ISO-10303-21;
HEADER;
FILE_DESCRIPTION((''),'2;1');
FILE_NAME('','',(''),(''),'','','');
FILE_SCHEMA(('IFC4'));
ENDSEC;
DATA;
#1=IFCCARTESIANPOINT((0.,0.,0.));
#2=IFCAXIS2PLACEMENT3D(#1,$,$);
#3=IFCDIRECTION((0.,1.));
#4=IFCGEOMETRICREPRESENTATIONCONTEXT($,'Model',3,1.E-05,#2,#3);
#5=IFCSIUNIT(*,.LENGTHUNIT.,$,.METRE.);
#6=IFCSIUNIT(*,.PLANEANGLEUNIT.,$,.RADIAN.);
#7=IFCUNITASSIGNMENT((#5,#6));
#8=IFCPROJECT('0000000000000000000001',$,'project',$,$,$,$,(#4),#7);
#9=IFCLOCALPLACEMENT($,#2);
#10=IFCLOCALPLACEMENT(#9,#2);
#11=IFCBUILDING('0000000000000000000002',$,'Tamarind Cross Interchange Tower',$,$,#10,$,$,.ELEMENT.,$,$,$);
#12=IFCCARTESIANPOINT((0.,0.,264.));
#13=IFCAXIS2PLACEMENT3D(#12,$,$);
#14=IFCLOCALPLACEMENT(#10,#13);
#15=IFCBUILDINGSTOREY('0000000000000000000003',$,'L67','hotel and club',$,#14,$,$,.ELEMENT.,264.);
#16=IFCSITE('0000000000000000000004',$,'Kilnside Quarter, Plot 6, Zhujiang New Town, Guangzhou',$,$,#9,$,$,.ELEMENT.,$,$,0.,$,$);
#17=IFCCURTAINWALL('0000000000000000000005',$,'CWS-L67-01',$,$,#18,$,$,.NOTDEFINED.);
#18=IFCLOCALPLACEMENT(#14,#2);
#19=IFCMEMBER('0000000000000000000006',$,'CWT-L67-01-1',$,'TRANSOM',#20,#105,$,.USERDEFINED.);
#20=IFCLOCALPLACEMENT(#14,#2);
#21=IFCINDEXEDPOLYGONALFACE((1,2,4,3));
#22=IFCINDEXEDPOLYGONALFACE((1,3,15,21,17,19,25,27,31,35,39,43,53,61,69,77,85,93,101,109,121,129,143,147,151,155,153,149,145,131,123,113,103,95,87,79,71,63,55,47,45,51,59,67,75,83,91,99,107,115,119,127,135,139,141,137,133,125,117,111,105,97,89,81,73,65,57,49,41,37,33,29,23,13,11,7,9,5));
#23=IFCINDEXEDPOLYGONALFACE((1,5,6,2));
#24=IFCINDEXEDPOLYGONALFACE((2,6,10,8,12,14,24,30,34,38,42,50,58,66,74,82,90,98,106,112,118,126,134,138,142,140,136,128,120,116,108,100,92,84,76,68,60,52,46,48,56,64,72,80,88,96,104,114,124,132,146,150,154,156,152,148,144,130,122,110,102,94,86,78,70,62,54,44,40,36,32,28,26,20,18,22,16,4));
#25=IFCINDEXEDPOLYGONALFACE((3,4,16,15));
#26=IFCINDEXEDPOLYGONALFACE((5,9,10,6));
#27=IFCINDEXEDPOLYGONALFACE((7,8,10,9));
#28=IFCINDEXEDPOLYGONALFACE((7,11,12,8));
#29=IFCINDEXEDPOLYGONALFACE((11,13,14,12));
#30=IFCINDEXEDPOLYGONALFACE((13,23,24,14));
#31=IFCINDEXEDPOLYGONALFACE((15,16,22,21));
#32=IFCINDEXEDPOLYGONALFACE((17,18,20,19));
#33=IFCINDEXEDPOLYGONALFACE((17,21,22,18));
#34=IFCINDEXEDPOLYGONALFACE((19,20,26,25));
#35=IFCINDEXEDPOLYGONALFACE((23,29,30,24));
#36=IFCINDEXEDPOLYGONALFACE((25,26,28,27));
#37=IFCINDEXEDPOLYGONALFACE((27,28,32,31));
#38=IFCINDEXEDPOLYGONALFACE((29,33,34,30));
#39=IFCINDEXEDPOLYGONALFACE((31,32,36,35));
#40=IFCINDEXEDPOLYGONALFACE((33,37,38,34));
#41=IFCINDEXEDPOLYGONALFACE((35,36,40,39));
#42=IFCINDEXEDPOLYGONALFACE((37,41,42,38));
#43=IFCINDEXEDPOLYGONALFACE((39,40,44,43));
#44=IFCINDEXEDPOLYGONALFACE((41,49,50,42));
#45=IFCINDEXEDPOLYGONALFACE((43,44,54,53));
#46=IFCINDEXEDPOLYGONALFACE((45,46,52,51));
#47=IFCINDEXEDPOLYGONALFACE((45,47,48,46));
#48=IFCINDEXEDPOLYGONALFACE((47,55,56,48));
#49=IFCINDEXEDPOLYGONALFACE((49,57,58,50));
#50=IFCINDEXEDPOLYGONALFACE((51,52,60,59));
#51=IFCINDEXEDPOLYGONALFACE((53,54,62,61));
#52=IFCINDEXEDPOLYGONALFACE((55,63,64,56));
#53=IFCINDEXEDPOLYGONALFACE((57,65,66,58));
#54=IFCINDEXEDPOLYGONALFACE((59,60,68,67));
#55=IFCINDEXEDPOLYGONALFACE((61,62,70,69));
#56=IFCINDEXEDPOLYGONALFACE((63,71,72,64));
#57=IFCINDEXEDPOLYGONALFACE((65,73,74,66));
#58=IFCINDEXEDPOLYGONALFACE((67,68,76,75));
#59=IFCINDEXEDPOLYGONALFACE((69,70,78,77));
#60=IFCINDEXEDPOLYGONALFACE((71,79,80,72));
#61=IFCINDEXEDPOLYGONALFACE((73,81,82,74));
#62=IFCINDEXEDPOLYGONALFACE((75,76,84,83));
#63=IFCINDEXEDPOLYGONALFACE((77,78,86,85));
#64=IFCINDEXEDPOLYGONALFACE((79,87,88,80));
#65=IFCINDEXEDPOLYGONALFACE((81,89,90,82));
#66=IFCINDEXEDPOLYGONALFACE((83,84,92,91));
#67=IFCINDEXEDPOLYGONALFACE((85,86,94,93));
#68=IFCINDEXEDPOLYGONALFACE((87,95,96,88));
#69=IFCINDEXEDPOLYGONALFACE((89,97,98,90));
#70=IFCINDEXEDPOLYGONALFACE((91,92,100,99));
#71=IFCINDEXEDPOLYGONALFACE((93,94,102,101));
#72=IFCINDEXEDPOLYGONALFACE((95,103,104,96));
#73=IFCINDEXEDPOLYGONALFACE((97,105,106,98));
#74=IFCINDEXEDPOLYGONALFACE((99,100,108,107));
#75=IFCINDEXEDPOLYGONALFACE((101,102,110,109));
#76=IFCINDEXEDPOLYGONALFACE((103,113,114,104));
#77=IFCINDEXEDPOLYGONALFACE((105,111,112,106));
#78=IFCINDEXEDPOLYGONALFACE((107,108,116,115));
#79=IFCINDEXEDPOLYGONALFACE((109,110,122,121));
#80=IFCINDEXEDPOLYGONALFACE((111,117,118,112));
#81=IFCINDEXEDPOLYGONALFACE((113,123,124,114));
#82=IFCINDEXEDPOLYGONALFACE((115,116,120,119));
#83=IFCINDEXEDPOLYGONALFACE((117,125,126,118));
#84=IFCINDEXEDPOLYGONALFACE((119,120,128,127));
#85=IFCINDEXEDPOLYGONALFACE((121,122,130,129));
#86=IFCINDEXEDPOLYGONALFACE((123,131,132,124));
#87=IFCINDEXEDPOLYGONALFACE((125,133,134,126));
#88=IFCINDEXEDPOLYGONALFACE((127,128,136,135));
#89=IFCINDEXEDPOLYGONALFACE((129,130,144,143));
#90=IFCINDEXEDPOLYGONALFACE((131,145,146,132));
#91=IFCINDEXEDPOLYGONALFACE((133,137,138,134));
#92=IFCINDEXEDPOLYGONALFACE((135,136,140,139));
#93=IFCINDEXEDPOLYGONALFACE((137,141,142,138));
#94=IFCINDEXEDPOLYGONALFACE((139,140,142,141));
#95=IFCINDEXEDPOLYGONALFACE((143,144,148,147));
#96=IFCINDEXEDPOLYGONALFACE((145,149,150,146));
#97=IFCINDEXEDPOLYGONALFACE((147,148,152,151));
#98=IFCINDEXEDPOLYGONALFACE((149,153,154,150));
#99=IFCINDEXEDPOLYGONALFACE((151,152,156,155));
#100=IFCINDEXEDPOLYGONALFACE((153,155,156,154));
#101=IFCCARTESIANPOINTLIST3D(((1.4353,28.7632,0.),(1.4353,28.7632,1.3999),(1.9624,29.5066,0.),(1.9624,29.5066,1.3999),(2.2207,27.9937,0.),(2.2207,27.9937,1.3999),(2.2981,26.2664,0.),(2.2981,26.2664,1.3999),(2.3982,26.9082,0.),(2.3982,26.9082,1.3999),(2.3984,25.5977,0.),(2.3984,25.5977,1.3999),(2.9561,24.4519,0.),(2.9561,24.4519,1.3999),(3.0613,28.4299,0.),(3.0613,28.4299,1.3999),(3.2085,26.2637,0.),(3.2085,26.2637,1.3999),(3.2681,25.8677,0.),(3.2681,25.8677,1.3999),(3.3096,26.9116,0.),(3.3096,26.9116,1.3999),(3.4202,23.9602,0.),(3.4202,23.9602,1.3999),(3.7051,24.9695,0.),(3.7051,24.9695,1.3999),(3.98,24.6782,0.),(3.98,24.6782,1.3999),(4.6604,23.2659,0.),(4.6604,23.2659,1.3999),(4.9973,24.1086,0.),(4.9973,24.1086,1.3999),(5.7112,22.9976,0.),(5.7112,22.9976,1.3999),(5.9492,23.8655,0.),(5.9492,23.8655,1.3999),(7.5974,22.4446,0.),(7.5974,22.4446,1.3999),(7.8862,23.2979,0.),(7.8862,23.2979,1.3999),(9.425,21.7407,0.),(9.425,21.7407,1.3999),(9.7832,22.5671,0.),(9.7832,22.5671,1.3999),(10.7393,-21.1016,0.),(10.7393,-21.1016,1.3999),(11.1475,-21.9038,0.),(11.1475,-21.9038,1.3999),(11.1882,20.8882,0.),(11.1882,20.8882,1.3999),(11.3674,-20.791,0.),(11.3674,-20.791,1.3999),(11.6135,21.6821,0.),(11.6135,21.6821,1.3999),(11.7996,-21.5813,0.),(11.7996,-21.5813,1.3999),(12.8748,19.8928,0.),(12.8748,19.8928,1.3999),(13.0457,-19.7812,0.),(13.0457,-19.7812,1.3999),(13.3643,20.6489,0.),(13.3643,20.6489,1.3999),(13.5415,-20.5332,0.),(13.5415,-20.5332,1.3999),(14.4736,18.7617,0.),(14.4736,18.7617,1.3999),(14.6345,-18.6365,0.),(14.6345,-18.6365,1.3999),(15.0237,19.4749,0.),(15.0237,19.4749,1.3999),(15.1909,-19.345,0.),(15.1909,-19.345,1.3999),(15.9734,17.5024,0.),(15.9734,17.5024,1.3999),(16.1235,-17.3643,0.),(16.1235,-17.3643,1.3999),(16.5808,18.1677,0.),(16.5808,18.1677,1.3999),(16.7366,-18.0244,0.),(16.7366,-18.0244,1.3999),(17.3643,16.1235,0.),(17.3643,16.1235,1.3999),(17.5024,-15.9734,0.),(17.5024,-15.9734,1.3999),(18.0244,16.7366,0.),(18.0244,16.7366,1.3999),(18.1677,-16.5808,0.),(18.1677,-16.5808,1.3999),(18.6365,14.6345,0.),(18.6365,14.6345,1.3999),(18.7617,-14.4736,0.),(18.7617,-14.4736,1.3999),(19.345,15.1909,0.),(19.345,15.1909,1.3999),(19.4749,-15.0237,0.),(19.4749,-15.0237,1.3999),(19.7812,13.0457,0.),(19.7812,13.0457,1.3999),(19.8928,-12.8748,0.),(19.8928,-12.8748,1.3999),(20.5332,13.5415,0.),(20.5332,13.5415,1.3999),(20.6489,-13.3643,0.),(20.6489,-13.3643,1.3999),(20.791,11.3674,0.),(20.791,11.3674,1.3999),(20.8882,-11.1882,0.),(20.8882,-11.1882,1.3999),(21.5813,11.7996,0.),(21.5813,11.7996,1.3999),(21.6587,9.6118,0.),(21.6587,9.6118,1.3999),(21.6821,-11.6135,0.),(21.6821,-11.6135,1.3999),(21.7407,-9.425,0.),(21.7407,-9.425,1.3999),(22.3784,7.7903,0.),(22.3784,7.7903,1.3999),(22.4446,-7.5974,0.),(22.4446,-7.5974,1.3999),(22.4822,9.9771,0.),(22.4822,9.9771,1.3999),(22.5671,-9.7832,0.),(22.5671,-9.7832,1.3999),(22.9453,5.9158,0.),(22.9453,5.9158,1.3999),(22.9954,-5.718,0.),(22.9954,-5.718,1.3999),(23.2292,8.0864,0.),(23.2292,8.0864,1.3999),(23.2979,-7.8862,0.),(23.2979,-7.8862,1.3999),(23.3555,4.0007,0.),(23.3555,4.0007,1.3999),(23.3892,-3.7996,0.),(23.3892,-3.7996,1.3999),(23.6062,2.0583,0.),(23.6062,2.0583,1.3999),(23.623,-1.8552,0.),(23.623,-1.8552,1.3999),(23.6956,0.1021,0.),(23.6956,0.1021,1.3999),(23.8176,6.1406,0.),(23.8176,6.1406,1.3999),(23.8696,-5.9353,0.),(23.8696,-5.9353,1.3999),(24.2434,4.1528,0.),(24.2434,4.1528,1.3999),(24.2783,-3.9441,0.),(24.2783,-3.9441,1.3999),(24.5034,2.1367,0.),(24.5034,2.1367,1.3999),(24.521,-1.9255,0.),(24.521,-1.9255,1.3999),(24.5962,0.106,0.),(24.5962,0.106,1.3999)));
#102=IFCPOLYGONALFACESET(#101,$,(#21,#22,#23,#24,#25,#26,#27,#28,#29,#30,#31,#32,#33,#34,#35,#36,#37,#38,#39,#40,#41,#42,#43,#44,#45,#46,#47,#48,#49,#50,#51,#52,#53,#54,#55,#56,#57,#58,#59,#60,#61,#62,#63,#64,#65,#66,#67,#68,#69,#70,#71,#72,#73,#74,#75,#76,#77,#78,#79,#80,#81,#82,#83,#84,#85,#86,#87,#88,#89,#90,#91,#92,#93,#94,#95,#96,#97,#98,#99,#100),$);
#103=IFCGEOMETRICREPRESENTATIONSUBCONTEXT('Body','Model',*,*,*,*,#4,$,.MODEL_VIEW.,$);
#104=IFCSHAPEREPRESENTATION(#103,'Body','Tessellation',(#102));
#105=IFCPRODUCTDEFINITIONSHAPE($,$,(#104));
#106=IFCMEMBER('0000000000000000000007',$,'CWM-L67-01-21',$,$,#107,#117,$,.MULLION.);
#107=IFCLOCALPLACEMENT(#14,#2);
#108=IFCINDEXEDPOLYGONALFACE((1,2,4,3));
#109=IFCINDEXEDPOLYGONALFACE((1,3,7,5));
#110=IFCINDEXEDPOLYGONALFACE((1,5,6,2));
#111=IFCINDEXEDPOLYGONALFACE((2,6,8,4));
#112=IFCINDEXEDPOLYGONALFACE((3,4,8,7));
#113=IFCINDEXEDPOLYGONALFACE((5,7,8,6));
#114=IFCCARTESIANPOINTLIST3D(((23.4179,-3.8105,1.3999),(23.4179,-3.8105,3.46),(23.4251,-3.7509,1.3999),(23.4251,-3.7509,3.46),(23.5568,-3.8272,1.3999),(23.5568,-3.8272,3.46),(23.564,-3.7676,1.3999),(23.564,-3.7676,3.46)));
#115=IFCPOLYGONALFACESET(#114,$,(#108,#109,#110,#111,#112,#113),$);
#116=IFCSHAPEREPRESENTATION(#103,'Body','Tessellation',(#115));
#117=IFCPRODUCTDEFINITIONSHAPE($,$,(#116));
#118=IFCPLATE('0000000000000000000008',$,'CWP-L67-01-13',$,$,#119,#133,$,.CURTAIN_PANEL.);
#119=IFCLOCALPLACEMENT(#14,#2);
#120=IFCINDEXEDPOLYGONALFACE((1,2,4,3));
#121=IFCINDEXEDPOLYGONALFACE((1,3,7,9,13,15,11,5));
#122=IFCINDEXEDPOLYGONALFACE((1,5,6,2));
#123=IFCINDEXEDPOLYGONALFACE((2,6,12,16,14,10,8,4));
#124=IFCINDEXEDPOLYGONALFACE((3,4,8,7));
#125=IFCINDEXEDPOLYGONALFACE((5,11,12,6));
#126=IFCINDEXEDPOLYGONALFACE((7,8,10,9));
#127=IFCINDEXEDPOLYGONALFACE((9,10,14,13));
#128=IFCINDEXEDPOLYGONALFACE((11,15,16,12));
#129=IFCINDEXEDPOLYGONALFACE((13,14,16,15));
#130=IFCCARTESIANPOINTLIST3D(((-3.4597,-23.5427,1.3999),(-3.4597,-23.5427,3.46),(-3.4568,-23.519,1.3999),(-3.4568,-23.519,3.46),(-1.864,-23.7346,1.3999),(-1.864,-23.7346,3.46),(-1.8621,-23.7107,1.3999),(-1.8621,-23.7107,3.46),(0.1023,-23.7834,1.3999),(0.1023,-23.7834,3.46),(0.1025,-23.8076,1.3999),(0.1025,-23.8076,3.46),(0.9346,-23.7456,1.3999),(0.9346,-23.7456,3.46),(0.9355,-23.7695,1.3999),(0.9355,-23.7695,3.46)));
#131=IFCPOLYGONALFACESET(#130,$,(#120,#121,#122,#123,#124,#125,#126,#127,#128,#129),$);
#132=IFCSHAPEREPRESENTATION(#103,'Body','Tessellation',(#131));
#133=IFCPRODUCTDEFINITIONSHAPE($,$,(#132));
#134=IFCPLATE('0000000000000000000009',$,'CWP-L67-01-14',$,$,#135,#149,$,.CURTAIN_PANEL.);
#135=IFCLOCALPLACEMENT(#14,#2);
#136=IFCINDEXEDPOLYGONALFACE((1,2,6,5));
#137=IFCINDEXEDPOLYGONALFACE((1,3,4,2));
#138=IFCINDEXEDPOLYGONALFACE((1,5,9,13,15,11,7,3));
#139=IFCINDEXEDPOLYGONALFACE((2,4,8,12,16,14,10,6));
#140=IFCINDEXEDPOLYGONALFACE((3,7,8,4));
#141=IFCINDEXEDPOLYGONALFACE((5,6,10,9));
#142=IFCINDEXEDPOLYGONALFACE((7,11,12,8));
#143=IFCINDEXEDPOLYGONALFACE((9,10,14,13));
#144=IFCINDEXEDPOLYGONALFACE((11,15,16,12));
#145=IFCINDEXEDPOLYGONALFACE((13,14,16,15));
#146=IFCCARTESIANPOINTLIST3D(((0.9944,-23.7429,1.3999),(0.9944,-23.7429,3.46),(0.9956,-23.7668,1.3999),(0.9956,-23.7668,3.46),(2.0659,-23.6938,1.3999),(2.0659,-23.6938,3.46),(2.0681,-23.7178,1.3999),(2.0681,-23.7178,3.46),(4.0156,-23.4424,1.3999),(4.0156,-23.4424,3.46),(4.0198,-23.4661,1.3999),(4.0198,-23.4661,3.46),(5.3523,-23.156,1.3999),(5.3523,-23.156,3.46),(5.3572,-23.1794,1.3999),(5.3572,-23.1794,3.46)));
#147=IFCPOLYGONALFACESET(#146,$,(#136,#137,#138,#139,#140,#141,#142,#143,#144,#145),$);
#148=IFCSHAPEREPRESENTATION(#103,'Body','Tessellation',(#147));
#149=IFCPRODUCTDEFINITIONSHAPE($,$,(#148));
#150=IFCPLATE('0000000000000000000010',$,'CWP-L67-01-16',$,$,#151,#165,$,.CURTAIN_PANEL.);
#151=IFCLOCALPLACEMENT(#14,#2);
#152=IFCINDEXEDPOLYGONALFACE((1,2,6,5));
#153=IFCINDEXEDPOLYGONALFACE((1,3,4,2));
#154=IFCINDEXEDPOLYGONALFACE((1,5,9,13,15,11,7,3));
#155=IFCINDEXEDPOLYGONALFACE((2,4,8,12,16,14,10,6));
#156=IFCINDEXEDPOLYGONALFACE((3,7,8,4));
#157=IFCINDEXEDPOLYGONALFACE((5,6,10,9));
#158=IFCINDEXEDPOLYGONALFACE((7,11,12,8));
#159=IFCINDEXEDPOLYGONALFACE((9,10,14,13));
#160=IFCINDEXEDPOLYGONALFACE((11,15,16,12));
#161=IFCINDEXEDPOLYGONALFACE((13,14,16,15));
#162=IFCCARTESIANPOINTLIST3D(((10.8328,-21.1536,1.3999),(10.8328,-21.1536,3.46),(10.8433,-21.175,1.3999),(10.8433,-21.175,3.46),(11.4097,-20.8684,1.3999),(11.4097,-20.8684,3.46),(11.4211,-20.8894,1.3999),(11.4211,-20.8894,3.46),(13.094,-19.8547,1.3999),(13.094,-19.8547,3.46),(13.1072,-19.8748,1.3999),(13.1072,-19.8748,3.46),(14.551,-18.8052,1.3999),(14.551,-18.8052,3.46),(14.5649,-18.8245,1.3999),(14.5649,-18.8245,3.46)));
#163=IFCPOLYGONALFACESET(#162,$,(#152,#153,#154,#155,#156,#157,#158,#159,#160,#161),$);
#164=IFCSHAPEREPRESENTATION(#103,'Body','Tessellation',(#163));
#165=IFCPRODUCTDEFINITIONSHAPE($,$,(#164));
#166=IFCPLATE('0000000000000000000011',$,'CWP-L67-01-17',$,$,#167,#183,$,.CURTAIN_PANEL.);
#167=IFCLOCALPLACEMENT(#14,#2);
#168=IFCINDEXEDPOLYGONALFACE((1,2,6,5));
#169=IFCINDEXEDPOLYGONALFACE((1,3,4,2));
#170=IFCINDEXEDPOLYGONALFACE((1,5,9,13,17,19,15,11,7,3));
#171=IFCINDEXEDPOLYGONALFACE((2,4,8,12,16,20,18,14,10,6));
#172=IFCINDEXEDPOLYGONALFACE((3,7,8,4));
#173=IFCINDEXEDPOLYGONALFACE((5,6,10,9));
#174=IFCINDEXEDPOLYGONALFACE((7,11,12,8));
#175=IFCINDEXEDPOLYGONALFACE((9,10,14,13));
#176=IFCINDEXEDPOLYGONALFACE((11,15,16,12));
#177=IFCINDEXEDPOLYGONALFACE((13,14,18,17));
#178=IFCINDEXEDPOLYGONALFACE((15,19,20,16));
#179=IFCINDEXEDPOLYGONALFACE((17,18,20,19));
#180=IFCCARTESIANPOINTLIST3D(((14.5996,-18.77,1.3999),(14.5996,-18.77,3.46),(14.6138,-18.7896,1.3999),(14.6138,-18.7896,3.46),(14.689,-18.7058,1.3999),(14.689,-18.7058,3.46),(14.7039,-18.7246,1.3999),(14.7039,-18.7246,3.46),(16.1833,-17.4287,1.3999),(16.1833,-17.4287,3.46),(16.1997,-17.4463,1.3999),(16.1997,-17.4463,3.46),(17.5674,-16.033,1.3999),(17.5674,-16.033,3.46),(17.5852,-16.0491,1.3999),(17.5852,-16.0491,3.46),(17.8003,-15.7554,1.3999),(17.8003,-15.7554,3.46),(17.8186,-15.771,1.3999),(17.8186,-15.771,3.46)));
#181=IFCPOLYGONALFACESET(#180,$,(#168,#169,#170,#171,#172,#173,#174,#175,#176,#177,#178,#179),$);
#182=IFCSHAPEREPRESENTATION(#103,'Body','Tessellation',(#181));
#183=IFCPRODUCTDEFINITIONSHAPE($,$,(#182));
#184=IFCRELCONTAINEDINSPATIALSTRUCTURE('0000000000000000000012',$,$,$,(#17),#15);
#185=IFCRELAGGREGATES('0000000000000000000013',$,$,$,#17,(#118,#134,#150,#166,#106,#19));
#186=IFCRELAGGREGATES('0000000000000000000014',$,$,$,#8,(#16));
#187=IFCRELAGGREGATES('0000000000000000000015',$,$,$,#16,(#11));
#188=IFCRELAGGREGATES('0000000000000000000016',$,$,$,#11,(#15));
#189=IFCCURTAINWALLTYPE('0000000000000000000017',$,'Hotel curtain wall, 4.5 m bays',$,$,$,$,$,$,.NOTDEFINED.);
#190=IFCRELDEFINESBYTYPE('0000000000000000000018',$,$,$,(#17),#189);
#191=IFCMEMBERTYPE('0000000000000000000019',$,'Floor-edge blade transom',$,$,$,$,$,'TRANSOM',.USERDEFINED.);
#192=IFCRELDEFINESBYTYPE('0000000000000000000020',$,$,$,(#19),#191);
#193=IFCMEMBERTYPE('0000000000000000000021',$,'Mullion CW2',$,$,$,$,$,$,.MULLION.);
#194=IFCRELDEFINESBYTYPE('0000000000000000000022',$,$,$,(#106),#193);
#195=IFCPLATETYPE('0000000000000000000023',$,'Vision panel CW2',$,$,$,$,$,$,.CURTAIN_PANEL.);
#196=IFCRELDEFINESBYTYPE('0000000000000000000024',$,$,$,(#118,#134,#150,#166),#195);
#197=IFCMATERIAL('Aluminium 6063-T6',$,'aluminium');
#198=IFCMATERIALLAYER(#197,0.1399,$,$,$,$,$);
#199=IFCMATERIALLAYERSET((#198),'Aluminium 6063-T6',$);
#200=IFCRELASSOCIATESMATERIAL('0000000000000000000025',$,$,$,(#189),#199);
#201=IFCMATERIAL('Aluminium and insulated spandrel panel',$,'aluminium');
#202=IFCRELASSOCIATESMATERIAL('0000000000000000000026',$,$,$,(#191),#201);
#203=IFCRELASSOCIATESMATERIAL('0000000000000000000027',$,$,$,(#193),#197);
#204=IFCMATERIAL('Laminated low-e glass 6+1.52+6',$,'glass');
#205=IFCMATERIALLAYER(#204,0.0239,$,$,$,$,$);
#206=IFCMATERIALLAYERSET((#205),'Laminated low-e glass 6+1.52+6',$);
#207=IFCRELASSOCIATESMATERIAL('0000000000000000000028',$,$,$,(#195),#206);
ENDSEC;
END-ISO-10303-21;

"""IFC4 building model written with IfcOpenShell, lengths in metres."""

from ifc_helpers import new_model, si_unit, direction, frame, origin, origin_2d, place, context, subcontext, project, spatial, polyline, rectangle, outline, extrude, material, layer, layer_set, material_profile, profile_set, type_object, element, aggregate, save


model = new_model("IFC4")

# Units and contexts
model_context = context("Model", 3, precision=1e-05, world=origin(), true_north=direction((0.0, 1.0)))
body_context = subcontext(model_context, "Body", "Model", "MODEL_VIEW")
ifc_project = project(units=[si_unit("LENGTHUNIT", "METRE"), si_unit("PLANEANGLEUNIT", "RADIAN")], contexts=[model_context])

# Site, building, storey
site_placement = place(None, origin())
site = spatial("IfcSite", under=ifc_project, at=site_placement, Name="Kilnside Quarter, Plot 6, Zhujiang New Town, Guangzhou", CompositionType="ELEMENT", RefElevation=0.0)
building_placement = place(site_placement, origin())
building = spatial("IfcBuilding", under=site, at=building_placement, Name="Tamarind Cross Interchange Tower", CompositionType="ELEMENT")
storey_placement = place(building_placement, frame((0.0, 0.0, 264.0)))
storey = spatial("IfcBuildingStorey", under=building, at=storey_placement, Name="L67", Description="hotel and club", CompositionType="ELEMENT", Elevation=264.0)

# Curtain wall, members, plates
ifc_material_1 = material(Name="Aluminium 6063-T6", Category="aluminium")
ifc_layer_1 = layer(ifc_material_1, 0.1399)
ifc_layer_set_1 = layer_set([ifc_layer_1], Name="Aluminium 6063-T6")
curtain_wall_type = type_object("IfcCurtainWallType", Name="Hotel curtain wall, 4.5 m bays", PredefinedType="NOTDEFINED", material=ifc_layer_set_1)
curtain_wall_placement = place(storey_placement, origin())
curtain_wall = element("IfcCurtainWall", 1, at=curtain_wall_placement, inside=storey, type_object=curtain_wall_type, Name="CWS-L67-01", PredefinedType="NOTDEFINED")
ifc_material_2 = material(Name="Aluminium and insulated spandrel panel", Category="aluminium")
member_type_1 = type_object("IfcMemberType", Name="Floor-edge blade transom", ElementType="TRANSOM", PredefinedType="USERDEFINED", material=ifc_material_2)
member_1_placement = place(storey_placement, origin())
member_1 = element("IfcMember", 2, at=member_1_placement, type_object=member_type_1, Name="CWT-L67-01-1", ObjectType="TRANSOM", PredefinedType="USERDEFINED", context=body_context, shape_type="SweptSolid", body=[
    extrude(outline(polyline([(10.7393, -21.1016), (11.3674, -20.791), (13.0457, -19.7812), (14.6345, -18.6365), (16.1235, -17.3643), (17.5024, -15.9734), (18.7617, -14.4736), (19.8928, -12.8748), (20.8882, -11.1882), (21.7407, -9.425), (22.4446, -7.5974), (22.9954, -5.718), (23.3892, -3.7996), (23.623, -1.8552), (23.6956, 0.1021), (23.6062, 2.0583), (23.3555, 4.0007), (22.9453, 5.9158), (22.3784, 7.7903), (21.6587, 9.6118), (20.791, 11.3674), (19.7812, 13.0457), (18.6365, 14.6345), (17.3643, 16.1235), (15.9734, 17.5024), (14.4736, 18.7617), (12.8748, 19.8928), (11.1882, 20.8882), (9.425, 21.7407), (7.5974, 22.4446), (5.7112, 22.9976), (4.6604, 23.2659), (3.4202, 23.9602), (2.9561, 24.4519), (2.3984, 25.5977), (2.2981, 26.2664), (2.3982, 26.9082), (2.2207, 27.9937), (1.4353, 28.7632), (1.9624, 29.5066), (3.0613, 28.4299), (3.3096, 26.9116), (3.2085, 26.2637), (3.2681, 25.8677), (3.7051, 24.9695), (3.98, 24.6782), (4.9973, 24.1086), (5.9492, 23.8655), (7.8862, 23.2979), (9.7832, 22.5671), (11.6135, 21.6821), (13.3643, 20.6489), (15.0237, 19.4749), (16.5808, 18.1677), (18.0244, 16.7366), (19.345, 15.1909), (20.5332, 13.5415), (21.5813, 11.7996), (22.4822, 9.9771), (23.2292, 8.0864), (23.8176, 6.1406), (24.2434, 4.1528), (24.5034, 2.1367), (24.5962, 0.106), (24.521, -1.9255), (24.2783, -3.9441), (23.8696, -5.9353), (23.2979, -7.8862), (22.5671, -9.7832), (21.6821, -11.6135), (20.6489, -13.3643), (19.4749, -15.0237), (18.1677, -16.5808), (16.7366, -18.0244), (15.1909, -19.345), (13.5415, -20.5332), (11.7996, -21.5813), (11.1475, -21.9038), (10.7393, -21.1016)])), origin(), (0.0, 0.0, 1.0), 1.3999),
])
ifc_material_profile_1 = material_profile(ifc_material_1, rectangle(XDim=0.0601, YDim=0.1399, at=origin_2d()), Name="Mullion CW2")
ifc_profile_set_1 = profile_set([ifc_material_profile_1], Name="Aluminium 6063-T6")
member_type_2 = type_object("IfcMemberType", Name="Mullion CW2", PredefinedType="MULLION", material=ifc_profile_set_1)
member_2_placement = place(storey_placement, frame((23.491, -3.7891, 1.3999), z_axis=(0.0, 0.0, 1.0), x_axis=(0.119421, 0.992844, 0.0)))
member_2 = element("IfcMember", 3, at=member_2_placement, type_object=member_type_2, Name="CWM-L67-01-21", PredefinedType="MULLION", context=body_context, shape_type="SweptSolid", body=[
    extrude(rectangle(XDim=0.0601, YDim=0.1399, at=origin_2d()), origin(), (0.0, 0.0, 1.0), 2.0601),
])
ifc_material_3 = material(Name="Laminated low-e glass 6+1.52+6", Category="glass")
ifc_layer_2 = layer(ifc_material_3, 0.0239)
ifc_layer_set_2 = layer_set([ifc_layer_2], Name="Laminated low-e glass 6+1.52+6")
plate_type = type_object("IfcPlateType", Name="Vision panel CW2", PredefinedType="CURTAIN_PANEL", material=ifc_layer_set_2)
plate_1_placement = place(storey_placement, frame((0.0, 0.0, 1.3999)))
plate_1 = element("IfcPlate", 4, at=plate_1_placement, type_object=plate_type, Name="CWP-L67-01-13", PredefinedType="CURTAIN_PANEL", context=body_context, shape_type="SweptSolid", body=[
    extrude(outline(polyline([(-3.4568, -23.519), (-1.8621, -23.7107), (0.1023, -23.7834), (0.9346, -23.7456), (0.9355, -23.7695), (0.1025, -23.8076), (-1.864, -23.7346), (-3.4597, -23.5427), (-3.4568, -23.519)])), origin(), (0.0, 0.0, 1.0), 2.0601),
])
plate_2_placement = place(storey_placement, frame((0.0, 0.0, 1.3999)))
plate_2 = element("IfcPlate", 5, at=plate_2_placement, type_object=plate_type, Name="CWP-L67-01-14", PredefinedType="CURTAIN_PANEL", context=body_context, shape_type="SweptSolid", body=[
    extrude(outline(polyline([(0.9944, -23.7429), (2.0659, -23.6938), (4.0156, -23.4424), (5.3523, -23.156), (5.3572, -23.1794), (4.0198, -23.4661), (2.0681, -23.7178), (0.9956, -23.7668), (0.9944, -23.7429)])), origin(), (0.0, 0.0, 1.0), 2.0601),
])
plate_3_placement = place(storey_placement, frame((0.0, 0.0, 1.3999)))
plate_3 = element("IfcPlate", 6, at=plate_3_placement, type_object=plate_type, Name="CWP-L67-01-16", PredefinedType="CURTAIN_PANEL", context=body_context, shape_type="SweptSolid", body=[
    extrude(outline(polyline([(10.8328, -21.1536), (11.4097, -20.8684), (13.094, -19.8547), (14.551, -18.8052), (14.5649, -18.8245), (13.1072, -19.8748), (11.4211, -20.8894), (10.8433, -21.175), (10.8328, -21.1536)])), origin(), (0.0, 0.0, 1.0), 2.0601),
])
plate_4_placement = place(storey_placement, frame((0.0, 0.0, 1.3999)))
plate_4 = element("IfcPlate", 7, at=plate_4_placement, type_object=plate_type, Name="CWP-L67-01-17", PredefinedType="CURTAIN_PANEL", context=body_context, shape_type="SweptSolid", body=[
    extrude(outline(polyline([(14.5996, -18.77), (14.689, -18.7058), (16.1833, -17.4287), (17.5674, -16.033), (17.8003, -15.7554), (17.8186, -15.771), (17.5852, -16.0491), (16.1997, -17.4463), (14.7039, -18.7246), (14.6138, -18.7896), (14.5996, -18.77)])), origin(), (0.0, 0.0, 1.0), 2.0601),
])
aggregate(curtain_wall, [plate_1, plate_2, plate_3, plate_4, member_2, member_1])

save(model, "model.ifc")
